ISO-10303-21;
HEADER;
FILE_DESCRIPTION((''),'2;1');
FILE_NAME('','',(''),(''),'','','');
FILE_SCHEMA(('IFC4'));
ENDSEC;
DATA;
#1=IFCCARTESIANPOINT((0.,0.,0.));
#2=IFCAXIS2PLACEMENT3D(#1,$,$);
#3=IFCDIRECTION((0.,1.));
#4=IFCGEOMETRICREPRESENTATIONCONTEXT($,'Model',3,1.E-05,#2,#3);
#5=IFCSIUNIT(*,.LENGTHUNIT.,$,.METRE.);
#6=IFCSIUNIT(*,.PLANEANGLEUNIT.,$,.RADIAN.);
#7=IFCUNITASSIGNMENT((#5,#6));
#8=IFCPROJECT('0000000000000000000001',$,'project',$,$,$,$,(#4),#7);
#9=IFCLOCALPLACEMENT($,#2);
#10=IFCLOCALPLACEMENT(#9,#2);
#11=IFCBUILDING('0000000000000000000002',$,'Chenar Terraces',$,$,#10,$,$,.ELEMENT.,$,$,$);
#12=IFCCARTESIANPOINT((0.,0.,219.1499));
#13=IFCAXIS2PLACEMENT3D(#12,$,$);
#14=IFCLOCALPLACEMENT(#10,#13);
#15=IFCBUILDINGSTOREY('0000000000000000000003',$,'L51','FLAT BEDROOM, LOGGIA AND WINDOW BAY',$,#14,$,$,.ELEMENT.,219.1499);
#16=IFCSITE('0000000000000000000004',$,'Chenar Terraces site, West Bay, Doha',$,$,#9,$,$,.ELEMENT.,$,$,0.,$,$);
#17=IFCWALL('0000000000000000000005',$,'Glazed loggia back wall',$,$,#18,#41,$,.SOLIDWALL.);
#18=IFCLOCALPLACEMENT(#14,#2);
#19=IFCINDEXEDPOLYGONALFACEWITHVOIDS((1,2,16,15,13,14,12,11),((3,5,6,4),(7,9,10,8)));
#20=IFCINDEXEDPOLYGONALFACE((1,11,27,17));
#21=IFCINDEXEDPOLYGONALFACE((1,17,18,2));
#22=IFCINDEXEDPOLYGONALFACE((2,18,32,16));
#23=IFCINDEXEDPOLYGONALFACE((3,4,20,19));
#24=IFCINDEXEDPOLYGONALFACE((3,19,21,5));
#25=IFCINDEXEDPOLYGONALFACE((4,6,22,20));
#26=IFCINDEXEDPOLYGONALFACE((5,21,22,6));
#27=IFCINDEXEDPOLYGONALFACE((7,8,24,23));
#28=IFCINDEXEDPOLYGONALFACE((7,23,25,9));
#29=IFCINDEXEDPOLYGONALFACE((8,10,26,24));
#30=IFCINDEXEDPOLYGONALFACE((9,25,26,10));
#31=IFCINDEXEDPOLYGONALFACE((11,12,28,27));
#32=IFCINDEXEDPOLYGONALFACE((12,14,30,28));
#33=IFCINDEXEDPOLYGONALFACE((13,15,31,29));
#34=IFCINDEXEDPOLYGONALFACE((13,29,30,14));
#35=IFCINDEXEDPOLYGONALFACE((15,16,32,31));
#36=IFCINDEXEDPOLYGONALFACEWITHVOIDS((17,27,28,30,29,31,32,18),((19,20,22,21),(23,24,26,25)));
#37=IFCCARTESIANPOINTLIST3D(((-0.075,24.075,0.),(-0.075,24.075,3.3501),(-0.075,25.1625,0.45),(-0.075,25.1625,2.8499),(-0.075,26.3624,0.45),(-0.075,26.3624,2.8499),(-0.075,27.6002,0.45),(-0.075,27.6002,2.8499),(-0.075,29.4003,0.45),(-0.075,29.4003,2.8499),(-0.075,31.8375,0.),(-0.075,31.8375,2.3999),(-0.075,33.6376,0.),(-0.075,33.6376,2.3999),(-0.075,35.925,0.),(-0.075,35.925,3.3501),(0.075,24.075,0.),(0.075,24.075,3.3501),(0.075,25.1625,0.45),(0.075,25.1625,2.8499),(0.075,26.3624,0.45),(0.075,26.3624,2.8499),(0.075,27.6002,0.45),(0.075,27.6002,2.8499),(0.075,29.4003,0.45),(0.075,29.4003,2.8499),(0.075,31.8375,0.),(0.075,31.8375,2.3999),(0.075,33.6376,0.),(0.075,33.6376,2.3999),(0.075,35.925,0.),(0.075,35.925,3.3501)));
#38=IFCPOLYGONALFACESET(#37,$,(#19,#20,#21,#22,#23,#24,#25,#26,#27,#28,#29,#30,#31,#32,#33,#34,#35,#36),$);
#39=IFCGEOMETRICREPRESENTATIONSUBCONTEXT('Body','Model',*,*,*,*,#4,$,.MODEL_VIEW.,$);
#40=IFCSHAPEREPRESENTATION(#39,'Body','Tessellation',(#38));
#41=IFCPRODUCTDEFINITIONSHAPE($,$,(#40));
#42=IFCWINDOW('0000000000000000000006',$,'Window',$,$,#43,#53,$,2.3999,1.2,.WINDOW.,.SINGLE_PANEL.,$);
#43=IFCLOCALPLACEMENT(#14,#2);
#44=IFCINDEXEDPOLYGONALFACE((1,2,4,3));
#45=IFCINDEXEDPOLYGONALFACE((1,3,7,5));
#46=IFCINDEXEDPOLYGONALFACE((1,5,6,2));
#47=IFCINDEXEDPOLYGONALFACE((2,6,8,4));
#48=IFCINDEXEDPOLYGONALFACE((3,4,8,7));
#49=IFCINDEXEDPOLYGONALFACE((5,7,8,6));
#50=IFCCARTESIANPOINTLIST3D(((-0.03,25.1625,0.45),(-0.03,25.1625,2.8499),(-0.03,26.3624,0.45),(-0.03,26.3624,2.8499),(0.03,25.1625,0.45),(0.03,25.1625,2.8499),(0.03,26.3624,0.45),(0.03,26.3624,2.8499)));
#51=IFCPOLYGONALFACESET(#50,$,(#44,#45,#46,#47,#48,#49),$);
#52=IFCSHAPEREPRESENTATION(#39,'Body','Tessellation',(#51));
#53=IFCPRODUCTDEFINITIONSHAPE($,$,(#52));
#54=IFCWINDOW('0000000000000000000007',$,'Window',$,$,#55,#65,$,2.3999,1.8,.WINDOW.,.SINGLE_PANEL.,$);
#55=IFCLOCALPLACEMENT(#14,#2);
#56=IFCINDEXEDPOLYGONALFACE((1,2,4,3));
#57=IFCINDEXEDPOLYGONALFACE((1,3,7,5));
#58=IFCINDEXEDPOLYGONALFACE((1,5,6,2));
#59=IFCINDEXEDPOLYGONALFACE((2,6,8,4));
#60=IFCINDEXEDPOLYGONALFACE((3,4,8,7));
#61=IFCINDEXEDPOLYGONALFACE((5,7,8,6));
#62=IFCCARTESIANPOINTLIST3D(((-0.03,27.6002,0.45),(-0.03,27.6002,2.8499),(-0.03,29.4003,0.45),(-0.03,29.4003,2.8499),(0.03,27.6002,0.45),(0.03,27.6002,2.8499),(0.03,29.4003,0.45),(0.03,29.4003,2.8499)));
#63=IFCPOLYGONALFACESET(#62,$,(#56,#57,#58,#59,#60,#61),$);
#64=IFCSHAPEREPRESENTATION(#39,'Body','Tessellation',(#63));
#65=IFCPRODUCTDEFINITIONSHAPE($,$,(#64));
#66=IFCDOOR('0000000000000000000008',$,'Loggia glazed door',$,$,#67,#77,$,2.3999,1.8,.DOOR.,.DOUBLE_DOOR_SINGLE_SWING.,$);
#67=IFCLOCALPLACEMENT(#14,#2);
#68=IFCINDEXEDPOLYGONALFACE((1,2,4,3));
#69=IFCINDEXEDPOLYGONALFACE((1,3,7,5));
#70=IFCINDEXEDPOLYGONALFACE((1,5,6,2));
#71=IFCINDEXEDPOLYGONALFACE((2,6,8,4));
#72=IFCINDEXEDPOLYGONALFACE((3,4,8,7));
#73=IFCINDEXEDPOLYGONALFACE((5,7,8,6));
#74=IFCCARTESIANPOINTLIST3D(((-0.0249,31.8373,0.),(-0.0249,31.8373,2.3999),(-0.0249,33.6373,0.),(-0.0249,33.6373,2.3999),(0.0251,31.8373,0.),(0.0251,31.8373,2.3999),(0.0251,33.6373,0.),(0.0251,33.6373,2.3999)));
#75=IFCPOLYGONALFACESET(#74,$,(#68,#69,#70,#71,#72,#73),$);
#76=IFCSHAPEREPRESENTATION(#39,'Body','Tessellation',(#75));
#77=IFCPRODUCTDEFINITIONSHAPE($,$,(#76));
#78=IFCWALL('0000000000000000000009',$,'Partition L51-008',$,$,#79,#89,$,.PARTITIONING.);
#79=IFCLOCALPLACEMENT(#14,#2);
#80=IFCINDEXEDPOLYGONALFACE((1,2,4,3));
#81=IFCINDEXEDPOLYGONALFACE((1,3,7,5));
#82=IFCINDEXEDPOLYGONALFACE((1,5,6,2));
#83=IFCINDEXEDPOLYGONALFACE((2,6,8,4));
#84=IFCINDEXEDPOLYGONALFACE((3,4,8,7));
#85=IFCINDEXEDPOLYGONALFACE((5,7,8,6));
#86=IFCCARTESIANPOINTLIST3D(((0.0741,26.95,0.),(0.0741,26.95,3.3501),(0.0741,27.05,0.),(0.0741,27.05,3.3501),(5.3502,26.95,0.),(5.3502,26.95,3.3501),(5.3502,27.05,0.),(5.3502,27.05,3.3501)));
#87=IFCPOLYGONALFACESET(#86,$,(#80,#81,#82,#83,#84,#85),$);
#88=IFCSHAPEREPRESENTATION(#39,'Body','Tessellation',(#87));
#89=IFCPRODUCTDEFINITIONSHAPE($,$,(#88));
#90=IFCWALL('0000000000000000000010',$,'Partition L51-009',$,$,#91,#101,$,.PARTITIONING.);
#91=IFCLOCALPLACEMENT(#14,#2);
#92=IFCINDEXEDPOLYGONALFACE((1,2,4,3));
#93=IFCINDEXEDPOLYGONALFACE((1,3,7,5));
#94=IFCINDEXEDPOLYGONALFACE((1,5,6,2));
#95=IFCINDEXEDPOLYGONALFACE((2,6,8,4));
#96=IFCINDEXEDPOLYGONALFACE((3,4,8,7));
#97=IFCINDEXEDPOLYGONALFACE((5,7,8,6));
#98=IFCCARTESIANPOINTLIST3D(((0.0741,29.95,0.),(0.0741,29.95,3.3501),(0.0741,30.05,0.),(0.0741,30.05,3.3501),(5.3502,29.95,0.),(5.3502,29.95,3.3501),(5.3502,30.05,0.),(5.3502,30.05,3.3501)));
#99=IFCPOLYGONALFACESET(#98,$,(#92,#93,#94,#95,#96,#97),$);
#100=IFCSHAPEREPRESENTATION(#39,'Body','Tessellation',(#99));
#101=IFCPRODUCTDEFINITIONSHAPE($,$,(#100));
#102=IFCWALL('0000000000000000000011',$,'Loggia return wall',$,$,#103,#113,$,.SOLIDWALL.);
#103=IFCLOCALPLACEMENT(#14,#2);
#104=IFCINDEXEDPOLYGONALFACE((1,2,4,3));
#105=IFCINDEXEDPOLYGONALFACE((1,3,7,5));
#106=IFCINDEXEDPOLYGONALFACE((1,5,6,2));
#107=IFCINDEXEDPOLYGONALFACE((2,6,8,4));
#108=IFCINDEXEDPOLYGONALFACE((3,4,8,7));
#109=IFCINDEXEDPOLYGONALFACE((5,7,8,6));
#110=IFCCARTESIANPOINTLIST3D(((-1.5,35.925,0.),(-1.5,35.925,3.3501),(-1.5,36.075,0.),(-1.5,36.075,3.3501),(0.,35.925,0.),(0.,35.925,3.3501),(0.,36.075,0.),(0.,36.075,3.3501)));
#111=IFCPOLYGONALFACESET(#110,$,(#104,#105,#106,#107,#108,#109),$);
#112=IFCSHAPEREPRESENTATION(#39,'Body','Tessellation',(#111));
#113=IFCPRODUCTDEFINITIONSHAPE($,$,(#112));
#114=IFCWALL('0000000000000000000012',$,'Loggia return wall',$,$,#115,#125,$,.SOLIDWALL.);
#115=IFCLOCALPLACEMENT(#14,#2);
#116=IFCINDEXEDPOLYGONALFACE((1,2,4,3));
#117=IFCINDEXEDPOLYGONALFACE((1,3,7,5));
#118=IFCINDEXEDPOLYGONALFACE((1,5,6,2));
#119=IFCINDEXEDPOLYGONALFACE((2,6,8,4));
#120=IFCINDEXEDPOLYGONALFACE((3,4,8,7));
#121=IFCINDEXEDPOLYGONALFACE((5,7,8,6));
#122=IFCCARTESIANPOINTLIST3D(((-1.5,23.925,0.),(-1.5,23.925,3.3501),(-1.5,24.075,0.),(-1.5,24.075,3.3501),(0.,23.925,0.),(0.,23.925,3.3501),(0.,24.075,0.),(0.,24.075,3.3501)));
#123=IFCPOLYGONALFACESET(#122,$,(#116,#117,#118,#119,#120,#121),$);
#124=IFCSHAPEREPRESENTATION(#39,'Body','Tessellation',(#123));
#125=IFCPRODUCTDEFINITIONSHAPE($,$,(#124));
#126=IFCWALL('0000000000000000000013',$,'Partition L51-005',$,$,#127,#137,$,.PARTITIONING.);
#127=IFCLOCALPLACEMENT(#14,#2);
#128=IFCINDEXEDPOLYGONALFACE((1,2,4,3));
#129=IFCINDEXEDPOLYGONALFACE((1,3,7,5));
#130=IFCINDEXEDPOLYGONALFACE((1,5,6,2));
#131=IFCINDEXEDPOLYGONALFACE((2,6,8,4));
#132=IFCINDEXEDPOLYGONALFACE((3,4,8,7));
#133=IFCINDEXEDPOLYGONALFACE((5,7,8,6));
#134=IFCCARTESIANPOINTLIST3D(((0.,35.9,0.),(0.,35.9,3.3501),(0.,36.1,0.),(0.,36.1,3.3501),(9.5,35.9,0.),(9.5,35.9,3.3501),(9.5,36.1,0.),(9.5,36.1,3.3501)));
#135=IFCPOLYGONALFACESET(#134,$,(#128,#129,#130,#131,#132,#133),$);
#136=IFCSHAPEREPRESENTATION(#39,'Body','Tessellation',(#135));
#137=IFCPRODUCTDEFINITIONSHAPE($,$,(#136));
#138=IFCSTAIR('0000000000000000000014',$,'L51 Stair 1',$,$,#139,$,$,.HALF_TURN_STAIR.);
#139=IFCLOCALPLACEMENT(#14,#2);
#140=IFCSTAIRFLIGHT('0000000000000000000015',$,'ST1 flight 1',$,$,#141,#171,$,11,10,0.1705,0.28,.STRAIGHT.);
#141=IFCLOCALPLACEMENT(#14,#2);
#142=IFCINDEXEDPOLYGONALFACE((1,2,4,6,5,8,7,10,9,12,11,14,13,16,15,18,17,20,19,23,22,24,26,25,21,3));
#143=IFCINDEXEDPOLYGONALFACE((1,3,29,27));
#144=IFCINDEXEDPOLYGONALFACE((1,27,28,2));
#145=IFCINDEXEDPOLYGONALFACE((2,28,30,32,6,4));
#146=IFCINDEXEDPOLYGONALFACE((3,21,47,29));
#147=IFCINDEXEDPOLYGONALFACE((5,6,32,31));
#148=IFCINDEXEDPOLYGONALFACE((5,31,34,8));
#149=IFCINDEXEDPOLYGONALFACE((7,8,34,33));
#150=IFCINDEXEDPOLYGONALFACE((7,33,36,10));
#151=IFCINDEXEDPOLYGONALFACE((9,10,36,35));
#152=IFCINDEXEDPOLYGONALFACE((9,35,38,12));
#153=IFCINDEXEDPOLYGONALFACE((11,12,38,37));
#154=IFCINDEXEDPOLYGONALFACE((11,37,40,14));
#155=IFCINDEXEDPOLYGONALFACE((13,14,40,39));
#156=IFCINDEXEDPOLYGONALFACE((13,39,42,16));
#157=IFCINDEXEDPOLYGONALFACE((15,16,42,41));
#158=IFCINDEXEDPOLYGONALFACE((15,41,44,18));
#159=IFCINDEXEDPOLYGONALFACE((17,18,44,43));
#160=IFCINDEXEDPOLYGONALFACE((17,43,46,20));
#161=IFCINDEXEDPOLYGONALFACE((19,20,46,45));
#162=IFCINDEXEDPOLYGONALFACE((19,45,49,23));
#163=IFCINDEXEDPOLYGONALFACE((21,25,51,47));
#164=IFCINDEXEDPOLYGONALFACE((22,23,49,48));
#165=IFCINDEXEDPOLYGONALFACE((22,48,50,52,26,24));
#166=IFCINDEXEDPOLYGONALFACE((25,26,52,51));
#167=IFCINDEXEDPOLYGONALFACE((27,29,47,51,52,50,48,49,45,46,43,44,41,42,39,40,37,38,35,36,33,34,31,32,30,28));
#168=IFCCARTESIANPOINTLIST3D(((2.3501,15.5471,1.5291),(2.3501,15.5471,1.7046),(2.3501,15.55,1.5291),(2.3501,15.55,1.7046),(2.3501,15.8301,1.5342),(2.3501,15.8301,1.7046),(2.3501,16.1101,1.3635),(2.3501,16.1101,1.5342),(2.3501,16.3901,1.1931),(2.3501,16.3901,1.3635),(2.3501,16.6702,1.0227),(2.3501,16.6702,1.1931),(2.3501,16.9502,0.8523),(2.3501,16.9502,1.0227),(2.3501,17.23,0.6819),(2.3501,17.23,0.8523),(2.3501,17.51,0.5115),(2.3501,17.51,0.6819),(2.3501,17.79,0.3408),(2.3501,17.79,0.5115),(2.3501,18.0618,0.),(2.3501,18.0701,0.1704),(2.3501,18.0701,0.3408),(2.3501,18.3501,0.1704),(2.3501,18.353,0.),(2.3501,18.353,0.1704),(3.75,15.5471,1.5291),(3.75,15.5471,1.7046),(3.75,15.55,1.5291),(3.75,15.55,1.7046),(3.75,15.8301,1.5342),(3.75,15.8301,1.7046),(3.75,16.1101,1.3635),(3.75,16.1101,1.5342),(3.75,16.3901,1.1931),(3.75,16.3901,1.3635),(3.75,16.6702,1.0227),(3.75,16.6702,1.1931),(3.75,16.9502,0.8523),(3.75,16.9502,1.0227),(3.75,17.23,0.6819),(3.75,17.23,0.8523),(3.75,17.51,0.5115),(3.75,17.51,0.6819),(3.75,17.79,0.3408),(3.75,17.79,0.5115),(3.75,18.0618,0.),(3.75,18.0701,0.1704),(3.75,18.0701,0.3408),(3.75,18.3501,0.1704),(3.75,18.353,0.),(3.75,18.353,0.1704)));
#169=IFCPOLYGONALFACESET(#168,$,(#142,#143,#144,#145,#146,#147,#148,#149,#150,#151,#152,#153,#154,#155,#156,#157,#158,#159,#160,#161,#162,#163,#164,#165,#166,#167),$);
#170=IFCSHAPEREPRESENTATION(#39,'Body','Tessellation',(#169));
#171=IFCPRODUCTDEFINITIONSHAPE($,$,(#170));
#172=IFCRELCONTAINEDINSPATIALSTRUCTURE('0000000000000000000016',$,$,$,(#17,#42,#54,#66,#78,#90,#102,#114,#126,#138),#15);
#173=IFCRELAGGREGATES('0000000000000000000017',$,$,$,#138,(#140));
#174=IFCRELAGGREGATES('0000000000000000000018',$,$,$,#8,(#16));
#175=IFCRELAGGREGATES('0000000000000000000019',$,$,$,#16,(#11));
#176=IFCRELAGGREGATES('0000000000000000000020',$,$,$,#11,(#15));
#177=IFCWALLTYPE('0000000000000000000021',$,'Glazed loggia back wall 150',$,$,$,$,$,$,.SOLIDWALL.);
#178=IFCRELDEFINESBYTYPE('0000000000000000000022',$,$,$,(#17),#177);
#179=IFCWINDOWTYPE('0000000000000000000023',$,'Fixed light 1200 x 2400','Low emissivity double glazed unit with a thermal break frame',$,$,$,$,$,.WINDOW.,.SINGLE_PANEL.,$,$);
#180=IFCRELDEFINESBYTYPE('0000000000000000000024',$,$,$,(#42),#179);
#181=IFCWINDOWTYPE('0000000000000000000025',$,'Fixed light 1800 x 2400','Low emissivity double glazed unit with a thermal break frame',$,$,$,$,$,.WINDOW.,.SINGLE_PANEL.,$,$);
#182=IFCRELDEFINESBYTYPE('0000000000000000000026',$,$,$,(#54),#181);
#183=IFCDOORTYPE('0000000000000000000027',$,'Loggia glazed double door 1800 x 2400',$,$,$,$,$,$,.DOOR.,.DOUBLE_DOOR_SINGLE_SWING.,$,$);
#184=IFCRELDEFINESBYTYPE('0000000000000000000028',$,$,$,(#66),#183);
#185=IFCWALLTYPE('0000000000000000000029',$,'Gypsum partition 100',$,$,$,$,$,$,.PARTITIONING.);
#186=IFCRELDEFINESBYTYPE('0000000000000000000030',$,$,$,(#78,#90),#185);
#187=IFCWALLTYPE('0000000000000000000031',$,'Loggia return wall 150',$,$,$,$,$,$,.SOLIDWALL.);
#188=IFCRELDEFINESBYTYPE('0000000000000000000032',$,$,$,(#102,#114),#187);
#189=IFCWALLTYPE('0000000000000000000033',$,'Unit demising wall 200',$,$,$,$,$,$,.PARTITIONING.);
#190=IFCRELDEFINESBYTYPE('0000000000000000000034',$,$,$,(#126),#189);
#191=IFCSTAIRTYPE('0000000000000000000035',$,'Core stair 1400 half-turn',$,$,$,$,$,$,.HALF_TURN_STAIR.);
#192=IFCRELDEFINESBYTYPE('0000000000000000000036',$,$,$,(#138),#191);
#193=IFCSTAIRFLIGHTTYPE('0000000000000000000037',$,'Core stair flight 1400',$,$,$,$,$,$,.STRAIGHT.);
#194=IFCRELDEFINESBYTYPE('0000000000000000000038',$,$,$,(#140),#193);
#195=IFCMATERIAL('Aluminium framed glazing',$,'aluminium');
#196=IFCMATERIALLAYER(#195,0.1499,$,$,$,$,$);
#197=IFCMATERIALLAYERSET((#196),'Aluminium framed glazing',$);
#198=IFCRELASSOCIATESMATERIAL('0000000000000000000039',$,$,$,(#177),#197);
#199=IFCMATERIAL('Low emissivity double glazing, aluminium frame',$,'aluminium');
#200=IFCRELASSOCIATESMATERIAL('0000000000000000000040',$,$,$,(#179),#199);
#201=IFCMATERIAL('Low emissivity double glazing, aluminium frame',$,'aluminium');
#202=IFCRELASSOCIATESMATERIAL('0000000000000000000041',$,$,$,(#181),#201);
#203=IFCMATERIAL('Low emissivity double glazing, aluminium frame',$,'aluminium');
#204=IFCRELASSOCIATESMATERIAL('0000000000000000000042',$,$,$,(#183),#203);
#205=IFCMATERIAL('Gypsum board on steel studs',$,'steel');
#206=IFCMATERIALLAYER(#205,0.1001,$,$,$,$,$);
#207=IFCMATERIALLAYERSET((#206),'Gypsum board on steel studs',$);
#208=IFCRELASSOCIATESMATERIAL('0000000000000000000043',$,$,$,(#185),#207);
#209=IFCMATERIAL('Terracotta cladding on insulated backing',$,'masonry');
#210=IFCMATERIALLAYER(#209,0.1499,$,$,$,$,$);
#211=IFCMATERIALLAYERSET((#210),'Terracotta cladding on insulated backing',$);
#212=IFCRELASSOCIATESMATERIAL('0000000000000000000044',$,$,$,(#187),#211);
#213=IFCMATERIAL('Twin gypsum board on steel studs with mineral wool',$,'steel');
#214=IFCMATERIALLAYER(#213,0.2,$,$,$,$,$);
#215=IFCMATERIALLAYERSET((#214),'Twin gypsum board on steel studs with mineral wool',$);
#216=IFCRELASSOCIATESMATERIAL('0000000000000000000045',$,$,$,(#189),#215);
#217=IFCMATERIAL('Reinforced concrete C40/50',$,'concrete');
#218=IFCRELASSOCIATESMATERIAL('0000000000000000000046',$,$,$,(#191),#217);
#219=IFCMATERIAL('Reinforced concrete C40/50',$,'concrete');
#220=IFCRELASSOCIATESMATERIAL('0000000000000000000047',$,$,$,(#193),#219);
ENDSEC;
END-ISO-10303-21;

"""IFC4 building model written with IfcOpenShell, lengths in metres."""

from ifc_helpers import new_model, si_unit, direction, frame, frame_2d, origin, place, context, subcontext, project, spatial, polyline, rectangle, outline, extrude, material, layer, layer_set, type_object, element, fill, aggregate, save


model = new_model("IFC4")

# Units and contexts
model_context = context("Model", 3, precision=1e-05, world=origin(), true_north=direction((0.0, 1.0)))
body_context = subcontext(model_context, "Body", "Model", "MODEL_VIEW")
ifc_project = project(units=[si_unit("LENGTHUNIT", "METRE"), si_unit("PLANEANGLEUNIT", "RADIAN")], contexts=[model_context])

# Site, building, storey
site_placement = place(None, origin())
site = spatial("IfcSite", under=ifc_project, at=site_placement, Name="Chenar Terraces site, West Bay, Doha", CompositionType="ELEMENT", RefElevation=0.0)
building_placement = place(site_placement, origin())
building = spatial("IfcBuilding", under=site, at=building_placement, Name="Chenar Terraces", CompositionType="ELEMENT")
storey_placement = place(building_placement, frame((0.0, 0.0, 219.1499)))
storey = spatial("IfcBuildingStorey", under=building, at=storey_placement, Name="L51", Description="FLAT BEDROOM, LOGGIA AND WINDOW BAY", CompositionType="ELEMENT", Elevation=219.1499)

# Shared definitions
placement = place(storey_placement, frame((0.0, 36.0, 0.0), z_axis=(0.0, 0.0, 1.0), x_axis=(1.0, 0.0, 0.0)))

# Wall, openings, windows, door
ifc_material_1 = material(Name="Aluminium framed glazing", Category="aluminium")
ifc_layer_1 = layer(ifc_material_1, 0.1499)
ifc_layer_set_1 = layer_set([ifc_layer_1], Name="Aluminium framed glazing")
wall_type_1 = type_object("IfcWallType", Name="Glazed loggia back wall 150", PredefinedType="SOLIDWALL", material=ifc_layer_set_1)
wall_1_placement = place(storey_placement, frame((0.0, 35.925, 0.0), z_axis=(0.0, 0.0, 1.0), x_axis=(0.0, -1.0, 0.0)))
wall_1 = element("IfcWall", 1, at=wall_1_placement, inside=storey, type_object=wall_type_1, Name="Glazed loggia back wall", PredefinedType="SOLIDWALL", context=body_context, shape_type="SweptSolid", body=[
    extrude(rectangle(XDim=11.8501, YDim=0.1499, at=frame_2d((5.925, 0.0))), origin(), (0.0, 0.0, 1.0), 3.3501),
])
opening_1_placement = place(wall_1_placement, frame((2.2876, 0.0, 0.0)))
opening_1 = element("IfcOpeningElement", 2, at=opening_1_placement, cuts=wall_1, PredefinedType="OPENING", context=body_context, shape_type="SweptSolid", body=[
    extrude(rectangle(XDim=1.8, YDim=2.3999, at=frame_2d((0.8999, 1.2))), frame((0.0, 0.085, 0.0), z_axis=(0.0, -1.0, 0.0), x_axis=(1.0, 0.0, 0.0)), (0.0, 0.0, 1.0), 0.1699),
])
opening_2_placement = place(wall_1_placement, frame((6.5249, 0.0, 0.45)))
opening_2 = element("IfcOpeningElement", 3, at=opening_2_placement, cuts=wall_1, PredefinedType="OPENING", context=body_context, shape_type="SweptSolid", body=[
    extrude(rectangle(XDim=1.8, YDim=2.3999, at=frame_2d((0.8999, 1.2))), frame((0.0, 0.085, 0.0), z_axis=(0.0, -1.0, 0.0), x_axis=(1.0, 0.0, 0.0)), (0.0, 0.0, 1.0), 0.1699),
])
opening_3_placement = place(wall_1_placement, frame((9.5625, 0.0, 0.45)))
opening_3 = element("IfcOpeningElement", 4, at=opening_3_placement, cuts=wall_1, PredefinedType="OPENING", context=body_context, shape_type="SweptSolid", body=[
    extrude(rectangle(XDim=1.2, YDim=2.3999, at=frame_2d((0.6001, 1.2))), frame((0.0, 0.085, 0.0), z_axis=(0.0, -1.0, 0.0), x_axis=(1.0, 0.0, 0.0)), (0.0, 0.0, 1.0), 0.1699),
])
ifc_material_2 = material(Name="Low emissivity double glazing, aluminium frame", Category="aluminium")
window_type_1 = type_object("IfcWindowType", Name="Fixed light 1200 x 2400", Description="Low emissivity double glazed unit with a thermal break frame", PartitioningType="SINGLE_PANEL", PredefinedType="WINDOW", material=ifc_material_2)
window_1_placement = place(opening_3_placement, origin())
window_1 = element("IfcWindow", 5, at=window_1_placement, inside=storey, type_object=window_type_1, Name="Window", OverallHeight=2.3999, OverallWidth=1.2, PartitioningType="SINGLE_PANEL", PredefinedType="WINDOW", context=body_context, shape_type="SweptSolid", body=[
    extrude(rectangle(XDim=1.2, YDim=2.3999, at=frame_2d((0.6001, 1.2))), frame((0.0, 0.03, 0.0), z_axis=(0.0, -1.0, 0.0), x_axis=(1.0, 0.0, 0.0)), (0.0, 0.0, 1.0), 0.0601),
])
fill(opening_3, window_1)
ifc_material_3 = material(Name="Low emissivity double glazing, aluminium frame", Category="aluminium")
window_type_2 = type_object("IfcWindowType", Name="Fixed light 1800 x 2400", Description="Low emissivity double glazed unit with a thermal break frame", PartitioningType="SINGLE_PANEL", PredefinedType="WINDOW", material=ifc_material_3)
window_2_placement = place(opening_2_placement, origin())
window_2 = element("IfcWindow", 6, at=window_2_placement, inside=storey, type_object=window_type_2, Name="Window", OverallHeight=2.3999, OverallWidth=1.8, PartitioningType="SINGLE_PANEL", PredefinedType="WINDOW", context=body_context, shape_type="SweptSolid", body=[
    extrude(rectangle(XDim=1.8, YDim=2.3999, at=frame_2d((0.8999, 1.2))), frame((0.0, 0.03, 0.0), z_axis=(0.0, -1.0, 0.0), x_axis=(1.0, 0.0, 0.0)), (0.0, 0.0, 1.0), 0.0601),
])
fill(opening_2, window_2)
ifc_material_4 = material(Name="Low emissivity double glazing, aluminium frame", Category="aluminium")
door_type_1 = type_object("IfcDoorType", Name="Loggia glazed double door 1800 x 2400", OperationType="DOUBLE_DOOR_SINGLE_SWING", PredefinedType="DOOR", material=ifc_material_4)
door_1_placement = place(opening_1_placement, frame((1.8, 0.0, 0.0), z_axis=(0.0, 0.0, 1.0), x_axis=(-1.0, 0.0, 0.0)))
door_1 = element("IfcDoor", 7, at=door_1_placement, inside=storey, type_object=door_type_1, Name="Loggia glazed door", OperationType="DOUBLE_DOOR_SINGLE_SWING", OverallHeight=2.3999, OverallWidth=1.8, PredefinedType="DOOR", context=body_context, shape_type="SweptSolid", body=[
    extrude(rectangle(XDim=1.8, YDim=2.3999, at=frame_2d((0.8999, 1.2))), frame((0.0, 0.0249, 0.0), z_axis=(0.0, -1.0, 0.0), x_axis=(1.0, 0.0, 0.0)), (0.0, 0.0, 1.0), 0.05),
])
fill(opening_1, door_1)

# Walls
ifc_material_5 = material(Name="Gypsum board on steel studs", Category="steel")
ifc_layer_2 = layer(ifc_material_5, 0.1001)
ifc_layer_set_2 = layer_set([ifc_layer_2], Name="Gypsum board on steel studs")
wall_type_2 = type_object("IfcWallType", Name="Gypsum partition 100", PredefinedType="PARTITIONING", material=ifc_layer_set_2)
for number, where, z_axis, x_axis, name in (
    (8, (0.074, 27.0, 0.0), (0.0, 0.0, 1.0), (1.0, 0.0, 0.0), "Partition L51-008"),
    (9, (0.074, 30.0, 0.0), (0.0, 0.0, 1.0), (1.0, 0.0, 0.0), "Partition L51-009"),
):
    element("IfcWall", number, at=place(storey_placement, frame(where, z_axis=z_axis, x_axis=x_axis)), inside=storey, type_object=wall_type_2, Name=name, PredefinedType="PARTITIONING", context=body_context, shape_type="SweptSolid", body=[
        extrude(rectangle(XDim=5.2761, YDim=0.1001, at=frame_2d((2.6382, 0.0))), origin(), (0.0, 0.0, 1.0), 3.3501),
    ])
ifc_material_6 = material(Name="Terracotta cladding on insulated backing", Category="masonry")
ifc_layer_3 = layer(ifc_material_6, 0.1499)
ifc_layer_set_3 = layer_set([ifc_layer_3], Name="Terracotta cladding on insulated backing")
wall_type_3 = type_object("IfcWallType", Name="Loggia return wall 150", PredefinedType="SOLIDWALL", material=ifc_layer_set_3)
for number, where, z_axis, x_axis, name in (
    (10, (-1.5, 36.0, 0.0), (0.0, 0.0, 1.0), (1.0, 0.0, 0.0), "Loggia return wall"),
    (11, (-1.5, 24.0, 0.0), (0.0, 0.0, 1.0), (1.0, 0.0, 0.0), "Loggia return wall"),
):
    element("IfcWall", number, at=place(storey_placement, frame(where, z_axis=z_axis, x_axis=x_axis)), inside=storey, type_object=wall_type_3, Name=name, PredefinedType="SOLIDWALL", context=body_context, shape_type="SweptSolid", body=[
        extrude(rectangle(XDim=1.5, YDim=0.1499, at=frame_2d((0.75, 0.0))), origin(), (0.0, 0.0, 1.0), 3.3501),
    ])
ifc_material_7 = material(Name="Twin gypsum board on steel studs with mineral wool", Category="steel")
ifc_layer_4 = layer(ifc_material_7, 0.2)
ifc_layer_set_4 = layer_set([ifc_layer_4], Name="Twin gypsum board on steel studs with mineral wool")
wall_type_4 = type_object("IfcWallType", Name="Unit demising wall 200", PredefinedType="PARTITIONING", material=ifc_layer_set_4)
element("IfcWall", 12, at=placement, inside=storey, type_object=wall_type_4, Name="Partition L51-005", PredefinedType="PARTITIONING", context=body_context, shape_type="SweptSolid", body=[
    extrude(rectangle(XDim=9.5, YDim=0.2, at=frame_2d((4.75, 0.0))), origin(), (0.0, 0.0, 1.0), 3.3501),
])

# Stair, stair flight
ifc_material_8 = material(Name="Reinforced concrete C40/50", Category="concrete")
stair_type = type_object("IfcStairType", Name="Core stair 1400 half-turn", PredefinedType="HALF_TURN_STAIR", material=ifc_material_8)
stair_placement = place(storey_placement, origin())
stair = element("IfcStair", 13, at=stair_placement, inside=storey, type_object=stair_type, Name="L51 Stair 1", PredefinedType="HALF_TURN_STAIR")
ifc_material_9 = material(Name="Reinforced concrete C40/50", Category="concrete")
stair_flight_type = type_object("IfcStairFlightType", Name="Core stair flight 1400", PredefinedType="STRAIGHT", material=ifc_material_9)
stair_flight_placement = place(storey_placement, frame((3.05, 18.3501, 0.0), z_axis=(0.0, 0.0, 1.0), x_axis=(0.0, -1.0, 0.0)))
stair_flight = element("IfcStairFlight", 14, at=stair_flight_placement, type_object=stair_flight_type, Name="ST1 flight 1", NumberOfRisers=11, NumberOfTreads=10, PredefinedType="STRAIGHT", RiserHeight=0.1705, TreadLength=0.28, context=body_context, shape_type="SweptSolid", body=[
    extrude(outline(polyline([(-0.0029, 0.0), (-0.0029, 0.1704), (0.0, 0.1704), (0.28, 0.1704), (0.28, 0.3408), (0.5601, 0.3408), (0.5601, 0.5115), (0.8401, 0.5115), (0.8401, 0.6819), (1.1201, 0.6819), (1.1201, 0.8523), (1.3999, 0.8523), (1.3999, 1.0227), (1.6799, 1.0227), (1.6799, 1.1931), (1.96, 1.1931), (1.96, 1.3635), (2.24, 1.3635), (2.24, 1.5342), (2.52, 1.5342), (2.52, 1.7046), (2.8, 1.7046), (2.803, 1.7046), (2.803, 1.5291), (2.8, 1.5291), (0.2883, 0.0), (-0.0029, 0.0)])), frame((0.0, 0.7, 0.0), z_axis=(0.0, -1.0, 0.0), x_axis=(1.0, 0.0, 0.0)), (0.0, 0.0, 1.0), 1.3999),
])
aggregate(stair, [stair_flight])

save(model, "model.ifc")
